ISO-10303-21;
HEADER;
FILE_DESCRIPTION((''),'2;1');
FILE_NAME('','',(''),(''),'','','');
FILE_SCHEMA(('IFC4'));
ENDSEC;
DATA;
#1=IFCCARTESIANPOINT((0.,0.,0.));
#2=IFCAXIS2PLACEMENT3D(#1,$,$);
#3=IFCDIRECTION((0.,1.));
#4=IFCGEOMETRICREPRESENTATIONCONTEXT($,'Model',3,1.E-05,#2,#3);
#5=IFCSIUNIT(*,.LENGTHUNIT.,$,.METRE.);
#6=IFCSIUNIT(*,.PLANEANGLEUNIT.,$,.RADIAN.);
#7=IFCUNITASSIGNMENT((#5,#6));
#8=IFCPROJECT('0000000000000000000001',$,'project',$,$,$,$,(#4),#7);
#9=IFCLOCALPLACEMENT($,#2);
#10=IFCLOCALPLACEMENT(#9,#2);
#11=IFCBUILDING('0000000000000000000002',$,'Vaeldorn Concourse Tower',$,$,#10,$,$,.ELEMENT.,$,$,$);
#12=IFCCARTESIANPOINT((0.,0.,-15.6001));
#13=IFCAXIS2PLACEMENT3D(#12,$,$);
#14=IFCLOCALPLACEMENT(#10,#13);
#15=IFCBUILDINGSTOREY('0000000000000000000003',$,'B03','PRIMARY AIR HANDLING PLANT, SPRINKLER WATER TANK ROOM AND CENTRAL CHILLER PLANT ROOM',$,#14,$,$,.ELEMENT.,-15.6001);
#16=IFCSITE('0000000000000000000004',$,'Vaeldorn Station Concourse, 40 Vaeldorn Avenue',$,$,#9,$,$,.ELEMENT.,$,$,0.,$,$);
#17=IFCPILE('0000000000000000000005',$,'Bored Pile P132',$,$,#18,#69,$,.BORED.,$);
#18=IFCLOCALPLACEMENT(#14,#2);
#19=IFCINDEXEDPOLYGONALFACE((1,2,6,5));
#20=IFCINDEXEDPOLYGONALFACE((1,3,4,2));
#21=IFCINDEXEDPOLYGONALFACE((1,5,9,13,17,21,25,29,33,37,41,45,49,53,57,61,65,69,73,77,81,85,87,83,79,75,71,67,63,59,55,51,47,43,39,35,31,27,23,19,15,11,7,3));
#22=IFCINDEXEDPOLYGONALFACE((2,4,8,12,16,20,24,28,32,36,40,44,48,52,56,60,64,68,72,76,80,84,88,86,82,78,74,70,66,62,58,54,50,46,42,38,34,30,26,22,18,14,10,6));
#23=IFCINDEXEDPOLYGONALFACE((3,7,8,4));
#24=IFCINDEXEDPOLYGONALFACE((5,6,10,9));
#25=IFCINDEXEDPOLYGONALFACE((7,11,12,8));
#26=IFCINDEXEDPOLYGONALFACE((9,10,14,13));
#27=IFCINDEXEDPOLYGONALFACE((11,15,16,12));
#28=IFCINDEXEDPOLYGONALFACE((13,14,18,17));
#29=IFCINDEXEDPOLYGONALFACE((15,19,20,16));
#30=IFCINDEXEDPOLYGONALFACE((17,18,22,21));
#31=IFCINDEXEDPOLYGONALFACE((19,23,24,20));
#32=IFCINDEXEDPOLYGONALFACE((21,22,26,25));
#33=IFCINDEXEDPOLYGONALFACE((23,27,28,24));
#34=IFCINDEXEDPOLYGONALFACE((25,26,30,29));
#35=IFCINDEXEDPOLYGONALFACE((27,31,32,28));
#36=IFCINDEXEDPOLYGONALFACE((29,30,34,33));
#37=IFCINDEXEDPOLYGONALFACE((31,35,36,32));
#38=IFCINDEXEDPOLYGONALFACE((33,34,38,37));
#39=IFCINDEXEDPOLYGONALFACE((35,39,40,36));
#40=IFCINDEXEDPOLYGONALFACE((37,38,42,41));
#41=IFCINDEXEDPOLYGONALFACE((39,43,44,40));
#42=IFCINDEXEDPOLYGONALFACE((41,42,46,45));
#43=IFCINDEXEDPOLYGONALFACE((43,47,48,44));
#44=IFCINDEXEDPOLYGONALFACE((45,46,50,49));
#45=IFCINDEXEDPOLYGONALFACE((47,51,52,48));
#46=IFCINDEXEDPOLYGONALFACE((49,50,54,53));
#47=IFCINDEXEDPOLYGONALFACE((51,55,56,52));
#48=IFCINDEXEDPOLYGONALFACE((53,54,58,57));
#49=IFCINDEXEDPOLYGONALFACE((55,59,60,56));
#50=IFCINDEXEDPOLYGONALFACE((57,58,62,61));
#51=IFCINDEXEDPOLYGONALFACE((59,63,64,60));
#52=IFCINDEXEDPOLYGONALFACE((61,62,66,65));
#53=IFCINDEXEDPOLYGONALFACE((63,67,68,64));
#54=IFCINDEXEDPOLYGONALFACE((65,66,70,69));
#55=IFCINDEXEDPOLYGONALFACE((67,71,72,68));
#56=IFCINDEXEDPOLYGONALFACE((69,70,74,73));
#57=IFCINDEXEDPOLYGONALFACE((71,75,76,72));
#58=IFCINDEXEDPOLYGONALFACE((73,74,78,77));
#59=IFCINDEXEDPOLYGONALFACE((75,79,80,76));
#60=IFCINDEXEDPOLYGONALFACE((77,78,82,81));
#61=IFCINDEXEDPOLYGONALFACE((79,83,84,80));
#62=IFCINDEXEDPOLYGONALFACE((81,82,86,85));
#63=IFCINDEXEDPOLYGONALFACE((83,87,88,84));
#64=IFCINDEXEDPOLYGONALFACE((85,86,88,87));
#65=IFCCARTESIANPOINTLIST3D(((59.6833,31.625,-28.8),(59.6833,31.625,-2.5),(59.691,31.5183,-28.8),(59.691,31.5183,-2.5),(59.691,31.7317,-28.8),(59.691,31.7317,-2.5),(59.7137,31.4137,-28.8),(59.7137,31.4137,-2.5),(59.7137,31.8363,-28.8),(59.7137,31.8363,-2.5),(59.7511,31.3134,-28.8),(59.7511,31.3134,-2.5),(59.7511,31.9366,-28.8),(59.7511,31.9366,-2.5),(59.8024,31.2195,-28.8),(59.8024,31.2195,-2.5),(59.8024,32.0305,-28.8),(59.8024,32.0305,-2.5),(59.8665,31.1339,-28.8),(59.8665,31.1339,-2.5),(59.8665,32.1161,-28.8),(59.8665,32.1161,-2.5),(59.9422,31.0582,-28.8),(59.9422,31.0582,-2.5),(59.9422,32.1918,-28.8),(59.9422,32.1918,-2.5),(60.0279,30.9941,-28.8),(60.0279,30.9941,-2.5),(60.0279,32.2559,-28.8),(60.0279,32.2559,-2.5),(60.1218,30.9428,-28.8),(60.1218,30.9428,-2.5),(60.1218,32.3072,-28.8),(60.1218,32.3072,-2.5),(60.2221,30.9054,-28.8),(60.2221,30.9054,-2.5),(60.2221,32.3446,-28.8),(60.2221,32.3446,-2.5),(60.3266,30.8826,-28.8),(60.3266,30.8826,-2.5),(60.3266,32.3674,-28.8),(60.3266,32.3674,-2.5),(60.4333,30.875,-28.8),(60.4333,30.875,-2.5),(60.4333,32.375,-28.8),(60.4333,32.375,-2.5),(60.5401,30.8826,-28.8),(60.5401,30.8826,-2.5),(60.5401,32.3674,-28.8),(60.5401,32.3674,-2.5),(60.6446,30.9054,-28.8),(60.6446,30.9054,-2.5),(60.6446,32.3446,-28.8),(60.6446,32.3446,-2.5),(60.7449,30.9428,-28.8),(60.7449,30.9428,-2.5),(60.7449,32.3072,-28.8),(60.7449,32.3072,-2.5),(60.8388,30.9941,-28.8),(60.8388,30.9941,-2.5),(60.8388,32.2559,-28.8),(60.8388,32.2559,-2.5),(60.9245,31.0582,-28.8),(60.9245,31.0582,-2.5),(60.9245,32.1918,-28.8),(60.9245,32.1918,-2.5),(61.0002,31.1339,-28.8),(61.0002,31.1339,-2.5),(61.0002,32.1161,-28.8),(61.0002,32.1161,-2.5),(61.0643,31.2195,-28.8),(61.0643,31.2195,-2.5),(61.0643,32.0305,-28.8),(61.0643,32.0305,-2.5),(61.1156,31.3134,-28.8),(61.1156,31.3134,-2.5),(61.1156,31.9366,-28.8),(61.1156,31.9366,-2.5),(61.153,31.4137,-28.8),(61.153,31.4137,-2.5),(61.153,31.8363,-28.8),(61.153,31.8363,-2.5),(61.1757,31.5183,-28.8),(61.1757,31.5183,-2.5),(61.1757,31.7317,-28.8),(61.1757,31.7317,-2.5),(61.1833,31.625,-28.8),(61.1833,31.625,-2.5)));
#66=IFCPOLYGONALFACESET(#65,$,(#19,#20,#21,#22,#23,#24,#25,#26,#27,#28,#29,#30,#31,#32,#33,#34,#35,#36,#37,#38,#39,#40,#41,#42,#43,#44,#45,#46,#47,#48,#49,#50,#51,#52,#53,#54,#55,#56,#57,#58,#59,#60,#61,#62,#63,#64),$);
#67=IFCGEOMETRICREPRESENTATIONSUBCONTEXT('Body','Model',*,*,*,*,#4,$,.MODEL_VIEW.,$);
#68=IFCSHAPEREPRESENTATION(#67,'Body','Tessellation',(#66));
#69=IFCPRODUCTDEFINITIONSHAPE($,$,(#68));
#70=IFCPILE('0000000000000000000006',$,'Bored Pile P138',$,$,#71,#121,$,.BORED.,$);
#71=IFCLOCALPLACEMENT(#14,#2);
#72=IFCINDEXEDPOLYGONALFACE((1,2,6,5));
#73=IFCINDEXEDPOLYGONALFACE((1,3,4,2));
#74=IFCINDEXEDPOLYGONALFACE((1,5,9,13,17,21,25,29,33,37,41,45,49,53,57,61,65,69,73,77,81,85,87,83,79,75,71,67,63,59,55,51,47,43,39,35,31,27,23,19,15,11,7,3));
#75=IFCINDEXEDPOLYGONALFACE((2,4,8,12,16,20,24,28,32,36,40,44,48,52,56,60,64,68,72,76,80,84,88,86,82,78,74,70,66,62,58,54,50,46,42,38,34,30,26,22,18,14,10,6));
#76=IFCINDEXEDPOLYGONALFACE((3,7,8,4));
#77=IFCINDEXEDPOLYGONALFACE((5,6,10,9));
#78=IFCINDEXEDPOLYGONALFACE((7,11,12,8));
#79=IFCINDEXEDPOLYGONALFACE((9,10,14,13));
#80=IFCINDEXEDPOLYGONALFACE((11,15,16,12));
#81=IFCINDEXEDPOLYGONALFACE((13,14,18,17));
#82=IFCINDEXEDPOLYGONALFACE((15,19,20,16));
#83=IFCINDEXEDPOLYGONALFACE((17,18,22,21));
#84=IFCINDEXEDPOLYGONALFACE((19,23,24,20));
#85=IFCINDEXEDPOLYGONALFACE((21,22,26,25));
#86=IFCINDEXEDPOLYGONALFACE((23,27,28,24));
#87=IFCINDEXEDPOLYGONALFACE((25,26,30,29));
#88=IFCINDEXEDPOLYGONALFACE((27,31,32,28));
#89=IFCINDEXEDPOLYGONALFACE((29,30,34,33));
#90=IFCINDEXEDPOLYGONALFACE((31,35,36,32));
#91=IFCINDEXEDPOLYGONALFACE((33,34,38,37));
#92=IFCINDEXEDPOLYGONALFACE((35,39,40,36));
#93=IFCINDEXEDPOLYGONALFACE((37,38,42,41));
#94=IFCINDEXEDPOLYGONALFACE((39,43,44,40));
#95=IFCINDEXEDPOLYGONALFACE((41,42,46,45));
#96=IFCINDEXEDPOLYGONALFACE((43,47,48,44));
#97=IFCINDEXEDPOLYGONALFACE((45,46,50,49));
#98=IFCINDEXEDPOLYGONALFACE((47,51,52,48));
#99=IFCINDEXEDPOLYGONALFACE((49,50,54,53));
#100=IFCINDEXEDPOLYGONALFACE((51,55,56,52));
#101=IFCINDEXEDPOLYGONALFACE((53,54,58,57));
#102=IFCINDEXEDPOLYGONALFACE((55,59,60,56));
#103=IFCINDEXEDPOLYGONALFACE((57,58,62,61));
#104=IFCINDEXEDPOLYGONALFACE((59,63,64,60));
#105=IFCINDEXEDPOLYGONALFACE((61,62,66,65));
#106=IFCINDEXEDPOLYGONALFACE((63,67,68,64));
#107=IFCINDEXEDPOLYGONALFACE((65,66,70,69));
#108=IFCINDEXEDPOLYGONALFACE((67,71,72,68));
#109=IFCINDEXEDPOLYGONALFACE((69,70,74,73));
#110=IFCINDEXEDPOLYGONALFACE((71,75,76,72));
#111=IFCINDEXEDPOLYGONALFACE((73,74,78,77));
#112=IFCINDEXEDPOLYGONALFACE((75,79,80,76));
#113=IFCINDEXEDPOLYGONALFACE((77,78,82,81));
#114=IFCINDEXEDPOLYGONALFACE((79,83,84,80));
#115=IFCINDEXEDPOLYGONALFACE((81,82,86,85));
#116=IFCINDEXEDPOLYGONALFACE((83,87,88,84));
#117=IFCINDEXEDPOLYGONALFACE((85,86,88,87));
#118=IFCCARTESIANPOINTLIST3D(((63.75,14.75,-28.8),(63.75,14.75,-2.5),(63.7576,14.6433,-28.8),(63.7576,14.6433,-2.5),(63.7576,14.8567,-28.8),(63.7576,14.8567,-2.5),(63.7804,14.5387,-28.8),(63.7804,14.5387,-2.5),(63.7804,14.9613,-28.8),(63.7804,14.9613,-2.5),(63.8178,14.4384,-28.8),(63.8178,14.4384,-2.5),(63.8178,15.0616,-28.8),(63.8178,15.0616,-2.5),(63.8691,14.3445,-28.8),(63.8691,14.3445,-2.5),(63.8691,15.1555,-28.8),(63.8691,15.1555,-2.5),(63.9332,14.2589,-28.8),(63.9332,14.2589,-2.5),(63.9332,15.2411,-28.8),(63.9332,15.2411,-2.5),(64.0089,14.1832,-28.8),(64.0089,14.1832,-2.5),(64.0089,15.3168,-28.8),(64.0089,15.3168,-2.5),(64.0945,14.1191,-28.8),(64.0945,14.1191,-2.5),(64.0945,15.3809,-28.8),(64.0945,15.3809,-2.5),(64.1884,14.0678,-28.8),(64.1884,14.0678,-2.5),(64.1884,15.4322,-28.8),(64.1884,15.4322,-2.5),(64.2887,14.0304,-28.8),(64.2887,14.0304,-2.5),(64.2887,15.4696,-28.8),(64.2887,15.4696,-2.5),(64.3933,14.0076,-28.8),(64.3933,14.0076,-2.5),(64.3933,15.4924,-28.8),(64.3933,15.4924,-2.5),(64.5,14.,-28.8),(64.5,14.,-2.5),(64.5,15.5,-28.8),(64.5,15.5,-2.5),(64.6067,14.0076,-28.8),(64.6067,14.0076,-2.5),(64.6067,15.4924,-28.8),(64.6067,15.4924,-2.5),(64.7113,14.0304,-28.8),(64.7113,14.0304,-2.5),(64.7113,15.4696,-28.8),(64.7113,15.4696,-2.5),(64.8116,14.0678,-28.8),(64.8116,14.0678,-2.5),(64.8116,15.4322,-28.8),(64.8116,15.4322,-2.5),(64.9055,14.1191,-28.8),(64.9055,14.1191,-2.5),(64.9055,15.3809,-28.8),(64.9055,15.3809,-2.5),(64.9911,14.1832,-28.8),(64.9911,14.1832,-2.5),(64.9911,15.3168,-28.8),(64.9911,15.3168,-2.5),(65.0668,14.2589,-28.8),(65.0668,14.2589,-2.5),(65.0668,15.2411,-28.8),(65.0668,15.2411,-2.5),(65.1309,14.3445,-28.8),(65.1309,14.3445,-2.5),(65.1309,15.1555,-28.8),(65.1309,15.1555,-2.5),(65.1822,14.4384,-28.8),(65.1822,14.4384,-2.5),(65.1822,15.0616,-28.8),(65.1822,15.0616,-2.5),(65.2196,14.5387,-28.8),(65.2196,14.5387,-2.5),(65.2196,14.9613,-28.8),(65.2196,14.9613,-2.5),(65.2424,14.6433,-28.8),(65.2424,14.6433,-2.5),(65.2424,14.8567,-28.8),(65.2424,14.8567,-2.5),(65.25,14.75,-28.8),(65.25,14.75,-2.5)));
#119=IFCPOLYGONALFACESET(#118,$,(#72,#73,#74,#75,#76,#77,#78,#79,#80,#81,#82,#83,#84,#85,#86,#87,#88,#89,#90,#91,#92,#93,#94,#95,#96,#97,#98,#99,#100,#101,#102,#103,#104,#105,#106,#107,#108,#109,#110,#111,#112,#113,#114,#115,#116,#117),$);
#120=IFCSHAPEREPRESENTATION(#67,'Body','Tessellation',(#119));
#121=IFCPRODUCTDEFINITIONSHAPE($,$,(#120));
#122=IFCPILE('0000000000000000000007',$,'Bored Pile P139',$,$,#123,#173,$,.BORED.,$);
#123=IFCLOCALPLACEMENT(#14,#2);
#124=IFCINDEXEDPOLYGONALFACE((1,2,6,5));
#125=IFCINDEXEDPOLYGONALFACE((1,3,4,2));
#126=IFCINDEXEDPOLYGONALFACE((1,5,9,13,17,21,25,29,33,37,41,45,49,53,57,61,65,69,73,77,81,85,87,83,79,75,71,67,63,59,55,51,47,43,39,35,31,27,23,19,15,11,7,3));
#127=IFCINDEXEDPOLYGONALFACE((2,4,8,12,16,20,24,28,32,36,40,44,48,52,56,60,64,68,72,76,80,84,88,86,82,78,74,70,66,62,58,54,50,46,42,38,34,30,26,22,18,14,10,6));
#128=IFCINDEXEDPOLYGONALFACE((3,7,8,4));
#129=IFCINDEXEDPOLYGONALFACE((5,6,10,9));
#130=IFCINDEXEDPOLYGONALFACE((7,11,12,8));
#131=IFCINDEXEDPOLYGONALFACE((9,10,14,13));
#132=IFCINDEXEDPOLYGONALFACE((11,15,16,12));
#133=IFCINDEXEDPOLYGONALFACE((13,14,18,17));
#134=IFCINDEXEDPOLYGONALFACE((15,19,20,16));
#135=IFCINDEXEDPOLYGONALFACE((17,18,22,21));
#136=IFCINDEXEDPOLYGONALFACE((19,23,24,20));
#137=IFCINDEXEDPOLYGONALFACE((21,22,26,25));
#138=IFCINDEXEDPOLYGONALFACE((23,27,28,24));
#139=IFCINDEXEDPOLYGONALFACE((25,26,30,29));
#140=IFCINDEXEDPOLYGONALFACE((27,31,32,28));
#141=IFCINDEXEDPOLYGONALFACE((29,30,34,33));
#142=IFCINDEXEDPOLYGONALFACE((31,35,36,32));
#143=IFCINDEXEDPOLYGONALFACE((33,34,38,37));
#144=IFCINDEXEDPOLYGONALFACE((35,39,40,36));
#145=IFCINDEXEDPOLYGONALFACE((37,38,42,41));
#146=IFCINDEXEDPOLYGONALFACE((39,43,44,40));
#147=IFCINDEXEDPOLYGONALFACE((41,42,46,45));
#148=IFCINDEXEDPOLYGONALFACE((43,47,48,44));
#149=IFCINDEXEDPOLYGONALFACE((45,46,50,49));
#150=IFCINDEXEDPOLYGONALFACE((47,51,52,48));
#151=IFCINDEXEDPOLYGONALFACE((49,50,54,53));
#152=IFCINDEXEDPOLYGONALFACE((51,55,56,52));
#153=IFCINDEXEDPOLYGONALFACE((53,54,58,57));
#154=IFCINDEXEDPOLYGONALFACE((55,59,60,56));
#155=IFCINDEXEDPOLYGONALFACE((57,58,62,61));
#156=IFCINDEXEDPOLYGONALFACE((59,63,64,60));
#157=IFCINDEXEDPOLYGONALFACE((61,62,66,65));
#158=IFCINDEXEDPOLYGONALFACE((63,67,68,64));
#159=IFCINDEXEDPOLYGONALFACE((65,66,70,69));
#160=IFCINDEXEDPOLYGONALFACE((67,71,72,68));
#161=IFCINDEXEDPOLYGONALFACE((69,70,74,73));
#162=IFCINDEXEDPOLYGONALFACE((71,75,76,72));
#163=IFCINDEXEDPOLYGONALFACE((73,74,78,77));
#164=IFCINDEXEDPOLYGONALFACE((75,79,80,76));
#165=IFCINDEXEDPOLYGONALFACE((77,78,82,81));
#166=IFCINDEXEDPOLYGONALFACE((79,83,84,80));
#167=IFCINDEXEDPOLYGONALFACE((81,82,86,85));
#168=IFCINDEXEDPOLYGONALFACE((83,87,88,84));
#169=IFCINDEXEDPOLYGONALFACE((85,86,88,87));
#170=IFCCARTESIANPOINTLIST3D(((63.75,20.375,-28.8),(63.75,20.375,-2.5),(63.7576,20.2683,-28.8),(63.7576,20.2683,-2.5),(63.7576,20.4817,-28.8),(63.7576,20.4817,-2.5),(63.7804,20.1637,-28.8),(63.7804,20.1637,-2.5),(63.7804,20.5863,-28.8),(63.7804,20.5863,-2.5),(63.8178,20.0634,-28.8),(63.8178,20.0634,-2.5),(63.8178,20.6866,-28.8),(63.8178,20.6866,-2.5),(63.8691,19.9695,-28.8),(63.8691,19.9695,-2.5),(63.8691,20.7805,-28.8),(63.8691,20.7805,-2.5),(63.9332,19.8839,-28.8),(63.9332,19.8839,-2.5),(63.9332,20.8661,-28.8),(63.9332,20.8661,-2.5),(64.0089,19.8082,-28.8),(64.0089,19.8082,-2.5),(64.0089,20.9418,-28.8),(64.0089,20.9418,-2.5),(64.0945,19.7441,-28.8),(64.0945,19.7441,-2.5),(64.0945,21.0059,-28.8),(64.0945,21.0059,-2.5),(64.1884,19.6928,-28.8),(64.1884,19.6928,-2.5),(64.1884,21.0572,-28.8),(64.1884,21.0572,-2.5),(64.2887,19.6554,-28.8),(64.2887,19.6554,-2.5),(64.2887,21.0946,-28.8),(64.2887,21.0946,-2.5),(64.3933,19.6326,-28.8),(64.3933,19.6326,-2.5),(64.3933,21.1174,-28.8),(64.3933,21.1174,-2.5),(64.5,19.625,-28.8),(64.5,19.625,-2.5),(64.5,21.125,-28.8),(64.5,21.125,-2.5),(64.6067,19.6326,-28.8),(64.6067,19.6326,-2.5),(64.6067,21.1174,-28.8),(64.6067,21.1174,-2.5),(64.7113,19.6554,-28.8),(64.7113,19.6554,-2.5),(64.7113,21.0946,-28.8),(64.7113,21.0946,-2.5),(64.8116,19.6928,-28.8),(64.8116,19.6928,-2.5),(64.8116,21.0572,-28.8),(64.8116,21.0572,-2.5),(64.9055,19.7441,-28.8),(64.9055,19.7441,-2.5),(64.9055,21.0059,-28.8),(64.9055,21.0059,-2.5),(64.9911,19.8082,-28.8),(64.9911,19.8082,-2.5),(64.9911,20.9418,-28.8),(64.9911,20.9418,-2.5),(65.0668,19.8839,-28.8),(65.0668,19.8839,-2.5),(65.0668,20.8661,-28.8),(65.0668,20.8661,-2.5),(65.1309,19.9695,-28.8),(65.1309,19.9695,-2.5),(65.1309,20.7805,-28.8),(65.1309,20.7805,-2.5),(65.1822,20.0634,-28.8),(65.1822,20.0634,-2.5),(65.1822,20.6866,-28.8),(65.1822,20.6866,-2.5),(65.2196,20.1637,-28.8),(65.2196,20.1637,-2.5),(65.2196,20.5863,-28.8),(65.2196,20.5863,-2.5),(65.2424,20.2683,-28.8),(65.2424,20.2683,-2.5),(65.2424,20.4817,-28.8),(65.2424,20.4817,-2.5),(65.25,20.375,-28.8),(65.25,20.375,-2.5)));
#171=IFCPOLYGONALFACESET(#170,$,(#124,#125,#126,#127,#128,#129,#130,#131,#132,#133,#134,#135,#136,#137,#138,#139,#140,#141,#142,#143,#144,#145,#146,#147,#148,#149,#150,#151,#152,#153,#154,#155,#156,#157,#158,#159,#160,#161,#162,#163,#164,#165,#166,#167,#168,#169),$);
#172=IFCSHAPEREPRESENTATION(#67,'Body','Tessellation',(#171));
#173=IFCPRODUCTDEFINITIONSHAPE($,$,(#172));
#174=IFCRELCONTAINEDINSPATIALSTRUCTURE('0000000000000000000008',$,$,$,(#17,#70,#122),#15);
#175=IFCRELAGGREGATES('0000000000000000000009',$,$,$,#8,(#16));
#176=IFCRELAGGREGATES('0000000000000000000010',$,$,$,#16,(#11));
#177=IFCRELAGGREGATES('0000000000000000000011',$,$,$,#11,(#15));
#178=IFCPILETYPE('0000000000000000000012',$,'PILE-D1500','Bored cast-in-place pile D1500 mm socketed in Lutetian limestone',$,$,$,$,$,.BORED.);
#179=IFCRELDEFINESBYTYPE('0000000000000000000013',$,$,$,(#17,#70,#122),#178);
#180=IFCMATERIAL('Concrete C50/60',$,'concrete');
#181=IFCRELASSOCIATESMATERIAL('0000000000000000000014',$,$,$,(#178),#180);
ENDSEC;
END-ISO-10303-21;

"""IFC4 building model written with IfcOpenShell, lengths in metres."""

from ifc_helpers import new_model, si_unit, direction, frame, origin, origin_2d, place, context, subcontext, project, spatial, circle, extrude, material, material_profile, profile_set, type_object, element, save


model = new_model("IFC4")

# Units and contexts
model_context = context("Model", 3, precision=1e-05, world=origin(), true_north=direction((0.0, 1.0)))
body_context = subcontext(model_context, "Body", "Model", "MODEL_VIEW")
ifc_project = project(units=[si_unit("LENGTHUNIT", "METRE"), si_unit("PLANEANGLEUNIT", "RADIAN")], contexts=[model_context])

# Site, building, storey
site_placement = place(None, origin())
site = spatial("IfcSite", under=ifc_project, at=site_placement, Name="Vaeldorn Station Concourse, 40 Vaeldorn Avenue", CompositionType="ELEMENT", RefElevation=0.0)
building_placement = place(site_placement, origin())
building = spatial("IfcBuilding", under=site, at=building_placement, Name="Vaeldorn Concourse Tower", CompositionType="ELEMENT")
storey_placement = place(building_placement, frame((0.0, 0.0, -15.6001)))
storey = spatial("IfcBuildingStorey", under=building, at=storey_placement, Name="B03", Description="PRIMARY AIR HANDLING PLANT, SPRINKLER WATER TANK ROOM AND CENTRAL CHILLER PLANT ROOM", CompositionType="ELEMENT", Elevation=-15.6001)

# Piles
ifc_material_1 = material(Name="Concrete C50/60", Category="concrete")
ifc_material_profile_1 = material_profile(ifc_material_1, circle(Radius=0.75, at=origin_2d()), Name="BORED PILE D1500")
ifc_profile_set_1 = profile_set([ifc_material_profile_1], Name="Concrete C50/60")
pile_type = type_object("IfcPileType", Name="PILE-D1500", Description="Bored cast-in-place pile D1500 mm socketed in Lutetian limestone", PredefinedType="BORED", material=ifc_profile_set_1)
for number, where, z_axis, x_axis, name in (
    (1, (60.4333, 31.625, -2.5), (0.0, 0.0, -1.0), (1.0, 0.0, 0.0), "Bored Pile P132"),
    (2, (64.5, 14.75, -2.5), (0.0, 0.0, -1.0), (1.0, 0.0, 0.0), "Bored Pile P138"),
    (3, (64.5, 20.375, -2.5), (0.0, 0.0, -1.0), (1.0, 0.0, 0.0), "Bored Pile P139"),
):
    element("IfcPile", number, at=place(storey_placement, frame(where, z_axis=z_axis, x_axis=x_axis)), inside=storey, type_object=pile_type, Name=name, PredefinedType="BORED", context=body_context, shape_type="SweptSolid", body=[
        extrude(circle(Radius=0.75, at=origin_2d()), origin(), (0.0, 0.0, 1.0), 26.3),
    ])

save(model, "model.ifc")
